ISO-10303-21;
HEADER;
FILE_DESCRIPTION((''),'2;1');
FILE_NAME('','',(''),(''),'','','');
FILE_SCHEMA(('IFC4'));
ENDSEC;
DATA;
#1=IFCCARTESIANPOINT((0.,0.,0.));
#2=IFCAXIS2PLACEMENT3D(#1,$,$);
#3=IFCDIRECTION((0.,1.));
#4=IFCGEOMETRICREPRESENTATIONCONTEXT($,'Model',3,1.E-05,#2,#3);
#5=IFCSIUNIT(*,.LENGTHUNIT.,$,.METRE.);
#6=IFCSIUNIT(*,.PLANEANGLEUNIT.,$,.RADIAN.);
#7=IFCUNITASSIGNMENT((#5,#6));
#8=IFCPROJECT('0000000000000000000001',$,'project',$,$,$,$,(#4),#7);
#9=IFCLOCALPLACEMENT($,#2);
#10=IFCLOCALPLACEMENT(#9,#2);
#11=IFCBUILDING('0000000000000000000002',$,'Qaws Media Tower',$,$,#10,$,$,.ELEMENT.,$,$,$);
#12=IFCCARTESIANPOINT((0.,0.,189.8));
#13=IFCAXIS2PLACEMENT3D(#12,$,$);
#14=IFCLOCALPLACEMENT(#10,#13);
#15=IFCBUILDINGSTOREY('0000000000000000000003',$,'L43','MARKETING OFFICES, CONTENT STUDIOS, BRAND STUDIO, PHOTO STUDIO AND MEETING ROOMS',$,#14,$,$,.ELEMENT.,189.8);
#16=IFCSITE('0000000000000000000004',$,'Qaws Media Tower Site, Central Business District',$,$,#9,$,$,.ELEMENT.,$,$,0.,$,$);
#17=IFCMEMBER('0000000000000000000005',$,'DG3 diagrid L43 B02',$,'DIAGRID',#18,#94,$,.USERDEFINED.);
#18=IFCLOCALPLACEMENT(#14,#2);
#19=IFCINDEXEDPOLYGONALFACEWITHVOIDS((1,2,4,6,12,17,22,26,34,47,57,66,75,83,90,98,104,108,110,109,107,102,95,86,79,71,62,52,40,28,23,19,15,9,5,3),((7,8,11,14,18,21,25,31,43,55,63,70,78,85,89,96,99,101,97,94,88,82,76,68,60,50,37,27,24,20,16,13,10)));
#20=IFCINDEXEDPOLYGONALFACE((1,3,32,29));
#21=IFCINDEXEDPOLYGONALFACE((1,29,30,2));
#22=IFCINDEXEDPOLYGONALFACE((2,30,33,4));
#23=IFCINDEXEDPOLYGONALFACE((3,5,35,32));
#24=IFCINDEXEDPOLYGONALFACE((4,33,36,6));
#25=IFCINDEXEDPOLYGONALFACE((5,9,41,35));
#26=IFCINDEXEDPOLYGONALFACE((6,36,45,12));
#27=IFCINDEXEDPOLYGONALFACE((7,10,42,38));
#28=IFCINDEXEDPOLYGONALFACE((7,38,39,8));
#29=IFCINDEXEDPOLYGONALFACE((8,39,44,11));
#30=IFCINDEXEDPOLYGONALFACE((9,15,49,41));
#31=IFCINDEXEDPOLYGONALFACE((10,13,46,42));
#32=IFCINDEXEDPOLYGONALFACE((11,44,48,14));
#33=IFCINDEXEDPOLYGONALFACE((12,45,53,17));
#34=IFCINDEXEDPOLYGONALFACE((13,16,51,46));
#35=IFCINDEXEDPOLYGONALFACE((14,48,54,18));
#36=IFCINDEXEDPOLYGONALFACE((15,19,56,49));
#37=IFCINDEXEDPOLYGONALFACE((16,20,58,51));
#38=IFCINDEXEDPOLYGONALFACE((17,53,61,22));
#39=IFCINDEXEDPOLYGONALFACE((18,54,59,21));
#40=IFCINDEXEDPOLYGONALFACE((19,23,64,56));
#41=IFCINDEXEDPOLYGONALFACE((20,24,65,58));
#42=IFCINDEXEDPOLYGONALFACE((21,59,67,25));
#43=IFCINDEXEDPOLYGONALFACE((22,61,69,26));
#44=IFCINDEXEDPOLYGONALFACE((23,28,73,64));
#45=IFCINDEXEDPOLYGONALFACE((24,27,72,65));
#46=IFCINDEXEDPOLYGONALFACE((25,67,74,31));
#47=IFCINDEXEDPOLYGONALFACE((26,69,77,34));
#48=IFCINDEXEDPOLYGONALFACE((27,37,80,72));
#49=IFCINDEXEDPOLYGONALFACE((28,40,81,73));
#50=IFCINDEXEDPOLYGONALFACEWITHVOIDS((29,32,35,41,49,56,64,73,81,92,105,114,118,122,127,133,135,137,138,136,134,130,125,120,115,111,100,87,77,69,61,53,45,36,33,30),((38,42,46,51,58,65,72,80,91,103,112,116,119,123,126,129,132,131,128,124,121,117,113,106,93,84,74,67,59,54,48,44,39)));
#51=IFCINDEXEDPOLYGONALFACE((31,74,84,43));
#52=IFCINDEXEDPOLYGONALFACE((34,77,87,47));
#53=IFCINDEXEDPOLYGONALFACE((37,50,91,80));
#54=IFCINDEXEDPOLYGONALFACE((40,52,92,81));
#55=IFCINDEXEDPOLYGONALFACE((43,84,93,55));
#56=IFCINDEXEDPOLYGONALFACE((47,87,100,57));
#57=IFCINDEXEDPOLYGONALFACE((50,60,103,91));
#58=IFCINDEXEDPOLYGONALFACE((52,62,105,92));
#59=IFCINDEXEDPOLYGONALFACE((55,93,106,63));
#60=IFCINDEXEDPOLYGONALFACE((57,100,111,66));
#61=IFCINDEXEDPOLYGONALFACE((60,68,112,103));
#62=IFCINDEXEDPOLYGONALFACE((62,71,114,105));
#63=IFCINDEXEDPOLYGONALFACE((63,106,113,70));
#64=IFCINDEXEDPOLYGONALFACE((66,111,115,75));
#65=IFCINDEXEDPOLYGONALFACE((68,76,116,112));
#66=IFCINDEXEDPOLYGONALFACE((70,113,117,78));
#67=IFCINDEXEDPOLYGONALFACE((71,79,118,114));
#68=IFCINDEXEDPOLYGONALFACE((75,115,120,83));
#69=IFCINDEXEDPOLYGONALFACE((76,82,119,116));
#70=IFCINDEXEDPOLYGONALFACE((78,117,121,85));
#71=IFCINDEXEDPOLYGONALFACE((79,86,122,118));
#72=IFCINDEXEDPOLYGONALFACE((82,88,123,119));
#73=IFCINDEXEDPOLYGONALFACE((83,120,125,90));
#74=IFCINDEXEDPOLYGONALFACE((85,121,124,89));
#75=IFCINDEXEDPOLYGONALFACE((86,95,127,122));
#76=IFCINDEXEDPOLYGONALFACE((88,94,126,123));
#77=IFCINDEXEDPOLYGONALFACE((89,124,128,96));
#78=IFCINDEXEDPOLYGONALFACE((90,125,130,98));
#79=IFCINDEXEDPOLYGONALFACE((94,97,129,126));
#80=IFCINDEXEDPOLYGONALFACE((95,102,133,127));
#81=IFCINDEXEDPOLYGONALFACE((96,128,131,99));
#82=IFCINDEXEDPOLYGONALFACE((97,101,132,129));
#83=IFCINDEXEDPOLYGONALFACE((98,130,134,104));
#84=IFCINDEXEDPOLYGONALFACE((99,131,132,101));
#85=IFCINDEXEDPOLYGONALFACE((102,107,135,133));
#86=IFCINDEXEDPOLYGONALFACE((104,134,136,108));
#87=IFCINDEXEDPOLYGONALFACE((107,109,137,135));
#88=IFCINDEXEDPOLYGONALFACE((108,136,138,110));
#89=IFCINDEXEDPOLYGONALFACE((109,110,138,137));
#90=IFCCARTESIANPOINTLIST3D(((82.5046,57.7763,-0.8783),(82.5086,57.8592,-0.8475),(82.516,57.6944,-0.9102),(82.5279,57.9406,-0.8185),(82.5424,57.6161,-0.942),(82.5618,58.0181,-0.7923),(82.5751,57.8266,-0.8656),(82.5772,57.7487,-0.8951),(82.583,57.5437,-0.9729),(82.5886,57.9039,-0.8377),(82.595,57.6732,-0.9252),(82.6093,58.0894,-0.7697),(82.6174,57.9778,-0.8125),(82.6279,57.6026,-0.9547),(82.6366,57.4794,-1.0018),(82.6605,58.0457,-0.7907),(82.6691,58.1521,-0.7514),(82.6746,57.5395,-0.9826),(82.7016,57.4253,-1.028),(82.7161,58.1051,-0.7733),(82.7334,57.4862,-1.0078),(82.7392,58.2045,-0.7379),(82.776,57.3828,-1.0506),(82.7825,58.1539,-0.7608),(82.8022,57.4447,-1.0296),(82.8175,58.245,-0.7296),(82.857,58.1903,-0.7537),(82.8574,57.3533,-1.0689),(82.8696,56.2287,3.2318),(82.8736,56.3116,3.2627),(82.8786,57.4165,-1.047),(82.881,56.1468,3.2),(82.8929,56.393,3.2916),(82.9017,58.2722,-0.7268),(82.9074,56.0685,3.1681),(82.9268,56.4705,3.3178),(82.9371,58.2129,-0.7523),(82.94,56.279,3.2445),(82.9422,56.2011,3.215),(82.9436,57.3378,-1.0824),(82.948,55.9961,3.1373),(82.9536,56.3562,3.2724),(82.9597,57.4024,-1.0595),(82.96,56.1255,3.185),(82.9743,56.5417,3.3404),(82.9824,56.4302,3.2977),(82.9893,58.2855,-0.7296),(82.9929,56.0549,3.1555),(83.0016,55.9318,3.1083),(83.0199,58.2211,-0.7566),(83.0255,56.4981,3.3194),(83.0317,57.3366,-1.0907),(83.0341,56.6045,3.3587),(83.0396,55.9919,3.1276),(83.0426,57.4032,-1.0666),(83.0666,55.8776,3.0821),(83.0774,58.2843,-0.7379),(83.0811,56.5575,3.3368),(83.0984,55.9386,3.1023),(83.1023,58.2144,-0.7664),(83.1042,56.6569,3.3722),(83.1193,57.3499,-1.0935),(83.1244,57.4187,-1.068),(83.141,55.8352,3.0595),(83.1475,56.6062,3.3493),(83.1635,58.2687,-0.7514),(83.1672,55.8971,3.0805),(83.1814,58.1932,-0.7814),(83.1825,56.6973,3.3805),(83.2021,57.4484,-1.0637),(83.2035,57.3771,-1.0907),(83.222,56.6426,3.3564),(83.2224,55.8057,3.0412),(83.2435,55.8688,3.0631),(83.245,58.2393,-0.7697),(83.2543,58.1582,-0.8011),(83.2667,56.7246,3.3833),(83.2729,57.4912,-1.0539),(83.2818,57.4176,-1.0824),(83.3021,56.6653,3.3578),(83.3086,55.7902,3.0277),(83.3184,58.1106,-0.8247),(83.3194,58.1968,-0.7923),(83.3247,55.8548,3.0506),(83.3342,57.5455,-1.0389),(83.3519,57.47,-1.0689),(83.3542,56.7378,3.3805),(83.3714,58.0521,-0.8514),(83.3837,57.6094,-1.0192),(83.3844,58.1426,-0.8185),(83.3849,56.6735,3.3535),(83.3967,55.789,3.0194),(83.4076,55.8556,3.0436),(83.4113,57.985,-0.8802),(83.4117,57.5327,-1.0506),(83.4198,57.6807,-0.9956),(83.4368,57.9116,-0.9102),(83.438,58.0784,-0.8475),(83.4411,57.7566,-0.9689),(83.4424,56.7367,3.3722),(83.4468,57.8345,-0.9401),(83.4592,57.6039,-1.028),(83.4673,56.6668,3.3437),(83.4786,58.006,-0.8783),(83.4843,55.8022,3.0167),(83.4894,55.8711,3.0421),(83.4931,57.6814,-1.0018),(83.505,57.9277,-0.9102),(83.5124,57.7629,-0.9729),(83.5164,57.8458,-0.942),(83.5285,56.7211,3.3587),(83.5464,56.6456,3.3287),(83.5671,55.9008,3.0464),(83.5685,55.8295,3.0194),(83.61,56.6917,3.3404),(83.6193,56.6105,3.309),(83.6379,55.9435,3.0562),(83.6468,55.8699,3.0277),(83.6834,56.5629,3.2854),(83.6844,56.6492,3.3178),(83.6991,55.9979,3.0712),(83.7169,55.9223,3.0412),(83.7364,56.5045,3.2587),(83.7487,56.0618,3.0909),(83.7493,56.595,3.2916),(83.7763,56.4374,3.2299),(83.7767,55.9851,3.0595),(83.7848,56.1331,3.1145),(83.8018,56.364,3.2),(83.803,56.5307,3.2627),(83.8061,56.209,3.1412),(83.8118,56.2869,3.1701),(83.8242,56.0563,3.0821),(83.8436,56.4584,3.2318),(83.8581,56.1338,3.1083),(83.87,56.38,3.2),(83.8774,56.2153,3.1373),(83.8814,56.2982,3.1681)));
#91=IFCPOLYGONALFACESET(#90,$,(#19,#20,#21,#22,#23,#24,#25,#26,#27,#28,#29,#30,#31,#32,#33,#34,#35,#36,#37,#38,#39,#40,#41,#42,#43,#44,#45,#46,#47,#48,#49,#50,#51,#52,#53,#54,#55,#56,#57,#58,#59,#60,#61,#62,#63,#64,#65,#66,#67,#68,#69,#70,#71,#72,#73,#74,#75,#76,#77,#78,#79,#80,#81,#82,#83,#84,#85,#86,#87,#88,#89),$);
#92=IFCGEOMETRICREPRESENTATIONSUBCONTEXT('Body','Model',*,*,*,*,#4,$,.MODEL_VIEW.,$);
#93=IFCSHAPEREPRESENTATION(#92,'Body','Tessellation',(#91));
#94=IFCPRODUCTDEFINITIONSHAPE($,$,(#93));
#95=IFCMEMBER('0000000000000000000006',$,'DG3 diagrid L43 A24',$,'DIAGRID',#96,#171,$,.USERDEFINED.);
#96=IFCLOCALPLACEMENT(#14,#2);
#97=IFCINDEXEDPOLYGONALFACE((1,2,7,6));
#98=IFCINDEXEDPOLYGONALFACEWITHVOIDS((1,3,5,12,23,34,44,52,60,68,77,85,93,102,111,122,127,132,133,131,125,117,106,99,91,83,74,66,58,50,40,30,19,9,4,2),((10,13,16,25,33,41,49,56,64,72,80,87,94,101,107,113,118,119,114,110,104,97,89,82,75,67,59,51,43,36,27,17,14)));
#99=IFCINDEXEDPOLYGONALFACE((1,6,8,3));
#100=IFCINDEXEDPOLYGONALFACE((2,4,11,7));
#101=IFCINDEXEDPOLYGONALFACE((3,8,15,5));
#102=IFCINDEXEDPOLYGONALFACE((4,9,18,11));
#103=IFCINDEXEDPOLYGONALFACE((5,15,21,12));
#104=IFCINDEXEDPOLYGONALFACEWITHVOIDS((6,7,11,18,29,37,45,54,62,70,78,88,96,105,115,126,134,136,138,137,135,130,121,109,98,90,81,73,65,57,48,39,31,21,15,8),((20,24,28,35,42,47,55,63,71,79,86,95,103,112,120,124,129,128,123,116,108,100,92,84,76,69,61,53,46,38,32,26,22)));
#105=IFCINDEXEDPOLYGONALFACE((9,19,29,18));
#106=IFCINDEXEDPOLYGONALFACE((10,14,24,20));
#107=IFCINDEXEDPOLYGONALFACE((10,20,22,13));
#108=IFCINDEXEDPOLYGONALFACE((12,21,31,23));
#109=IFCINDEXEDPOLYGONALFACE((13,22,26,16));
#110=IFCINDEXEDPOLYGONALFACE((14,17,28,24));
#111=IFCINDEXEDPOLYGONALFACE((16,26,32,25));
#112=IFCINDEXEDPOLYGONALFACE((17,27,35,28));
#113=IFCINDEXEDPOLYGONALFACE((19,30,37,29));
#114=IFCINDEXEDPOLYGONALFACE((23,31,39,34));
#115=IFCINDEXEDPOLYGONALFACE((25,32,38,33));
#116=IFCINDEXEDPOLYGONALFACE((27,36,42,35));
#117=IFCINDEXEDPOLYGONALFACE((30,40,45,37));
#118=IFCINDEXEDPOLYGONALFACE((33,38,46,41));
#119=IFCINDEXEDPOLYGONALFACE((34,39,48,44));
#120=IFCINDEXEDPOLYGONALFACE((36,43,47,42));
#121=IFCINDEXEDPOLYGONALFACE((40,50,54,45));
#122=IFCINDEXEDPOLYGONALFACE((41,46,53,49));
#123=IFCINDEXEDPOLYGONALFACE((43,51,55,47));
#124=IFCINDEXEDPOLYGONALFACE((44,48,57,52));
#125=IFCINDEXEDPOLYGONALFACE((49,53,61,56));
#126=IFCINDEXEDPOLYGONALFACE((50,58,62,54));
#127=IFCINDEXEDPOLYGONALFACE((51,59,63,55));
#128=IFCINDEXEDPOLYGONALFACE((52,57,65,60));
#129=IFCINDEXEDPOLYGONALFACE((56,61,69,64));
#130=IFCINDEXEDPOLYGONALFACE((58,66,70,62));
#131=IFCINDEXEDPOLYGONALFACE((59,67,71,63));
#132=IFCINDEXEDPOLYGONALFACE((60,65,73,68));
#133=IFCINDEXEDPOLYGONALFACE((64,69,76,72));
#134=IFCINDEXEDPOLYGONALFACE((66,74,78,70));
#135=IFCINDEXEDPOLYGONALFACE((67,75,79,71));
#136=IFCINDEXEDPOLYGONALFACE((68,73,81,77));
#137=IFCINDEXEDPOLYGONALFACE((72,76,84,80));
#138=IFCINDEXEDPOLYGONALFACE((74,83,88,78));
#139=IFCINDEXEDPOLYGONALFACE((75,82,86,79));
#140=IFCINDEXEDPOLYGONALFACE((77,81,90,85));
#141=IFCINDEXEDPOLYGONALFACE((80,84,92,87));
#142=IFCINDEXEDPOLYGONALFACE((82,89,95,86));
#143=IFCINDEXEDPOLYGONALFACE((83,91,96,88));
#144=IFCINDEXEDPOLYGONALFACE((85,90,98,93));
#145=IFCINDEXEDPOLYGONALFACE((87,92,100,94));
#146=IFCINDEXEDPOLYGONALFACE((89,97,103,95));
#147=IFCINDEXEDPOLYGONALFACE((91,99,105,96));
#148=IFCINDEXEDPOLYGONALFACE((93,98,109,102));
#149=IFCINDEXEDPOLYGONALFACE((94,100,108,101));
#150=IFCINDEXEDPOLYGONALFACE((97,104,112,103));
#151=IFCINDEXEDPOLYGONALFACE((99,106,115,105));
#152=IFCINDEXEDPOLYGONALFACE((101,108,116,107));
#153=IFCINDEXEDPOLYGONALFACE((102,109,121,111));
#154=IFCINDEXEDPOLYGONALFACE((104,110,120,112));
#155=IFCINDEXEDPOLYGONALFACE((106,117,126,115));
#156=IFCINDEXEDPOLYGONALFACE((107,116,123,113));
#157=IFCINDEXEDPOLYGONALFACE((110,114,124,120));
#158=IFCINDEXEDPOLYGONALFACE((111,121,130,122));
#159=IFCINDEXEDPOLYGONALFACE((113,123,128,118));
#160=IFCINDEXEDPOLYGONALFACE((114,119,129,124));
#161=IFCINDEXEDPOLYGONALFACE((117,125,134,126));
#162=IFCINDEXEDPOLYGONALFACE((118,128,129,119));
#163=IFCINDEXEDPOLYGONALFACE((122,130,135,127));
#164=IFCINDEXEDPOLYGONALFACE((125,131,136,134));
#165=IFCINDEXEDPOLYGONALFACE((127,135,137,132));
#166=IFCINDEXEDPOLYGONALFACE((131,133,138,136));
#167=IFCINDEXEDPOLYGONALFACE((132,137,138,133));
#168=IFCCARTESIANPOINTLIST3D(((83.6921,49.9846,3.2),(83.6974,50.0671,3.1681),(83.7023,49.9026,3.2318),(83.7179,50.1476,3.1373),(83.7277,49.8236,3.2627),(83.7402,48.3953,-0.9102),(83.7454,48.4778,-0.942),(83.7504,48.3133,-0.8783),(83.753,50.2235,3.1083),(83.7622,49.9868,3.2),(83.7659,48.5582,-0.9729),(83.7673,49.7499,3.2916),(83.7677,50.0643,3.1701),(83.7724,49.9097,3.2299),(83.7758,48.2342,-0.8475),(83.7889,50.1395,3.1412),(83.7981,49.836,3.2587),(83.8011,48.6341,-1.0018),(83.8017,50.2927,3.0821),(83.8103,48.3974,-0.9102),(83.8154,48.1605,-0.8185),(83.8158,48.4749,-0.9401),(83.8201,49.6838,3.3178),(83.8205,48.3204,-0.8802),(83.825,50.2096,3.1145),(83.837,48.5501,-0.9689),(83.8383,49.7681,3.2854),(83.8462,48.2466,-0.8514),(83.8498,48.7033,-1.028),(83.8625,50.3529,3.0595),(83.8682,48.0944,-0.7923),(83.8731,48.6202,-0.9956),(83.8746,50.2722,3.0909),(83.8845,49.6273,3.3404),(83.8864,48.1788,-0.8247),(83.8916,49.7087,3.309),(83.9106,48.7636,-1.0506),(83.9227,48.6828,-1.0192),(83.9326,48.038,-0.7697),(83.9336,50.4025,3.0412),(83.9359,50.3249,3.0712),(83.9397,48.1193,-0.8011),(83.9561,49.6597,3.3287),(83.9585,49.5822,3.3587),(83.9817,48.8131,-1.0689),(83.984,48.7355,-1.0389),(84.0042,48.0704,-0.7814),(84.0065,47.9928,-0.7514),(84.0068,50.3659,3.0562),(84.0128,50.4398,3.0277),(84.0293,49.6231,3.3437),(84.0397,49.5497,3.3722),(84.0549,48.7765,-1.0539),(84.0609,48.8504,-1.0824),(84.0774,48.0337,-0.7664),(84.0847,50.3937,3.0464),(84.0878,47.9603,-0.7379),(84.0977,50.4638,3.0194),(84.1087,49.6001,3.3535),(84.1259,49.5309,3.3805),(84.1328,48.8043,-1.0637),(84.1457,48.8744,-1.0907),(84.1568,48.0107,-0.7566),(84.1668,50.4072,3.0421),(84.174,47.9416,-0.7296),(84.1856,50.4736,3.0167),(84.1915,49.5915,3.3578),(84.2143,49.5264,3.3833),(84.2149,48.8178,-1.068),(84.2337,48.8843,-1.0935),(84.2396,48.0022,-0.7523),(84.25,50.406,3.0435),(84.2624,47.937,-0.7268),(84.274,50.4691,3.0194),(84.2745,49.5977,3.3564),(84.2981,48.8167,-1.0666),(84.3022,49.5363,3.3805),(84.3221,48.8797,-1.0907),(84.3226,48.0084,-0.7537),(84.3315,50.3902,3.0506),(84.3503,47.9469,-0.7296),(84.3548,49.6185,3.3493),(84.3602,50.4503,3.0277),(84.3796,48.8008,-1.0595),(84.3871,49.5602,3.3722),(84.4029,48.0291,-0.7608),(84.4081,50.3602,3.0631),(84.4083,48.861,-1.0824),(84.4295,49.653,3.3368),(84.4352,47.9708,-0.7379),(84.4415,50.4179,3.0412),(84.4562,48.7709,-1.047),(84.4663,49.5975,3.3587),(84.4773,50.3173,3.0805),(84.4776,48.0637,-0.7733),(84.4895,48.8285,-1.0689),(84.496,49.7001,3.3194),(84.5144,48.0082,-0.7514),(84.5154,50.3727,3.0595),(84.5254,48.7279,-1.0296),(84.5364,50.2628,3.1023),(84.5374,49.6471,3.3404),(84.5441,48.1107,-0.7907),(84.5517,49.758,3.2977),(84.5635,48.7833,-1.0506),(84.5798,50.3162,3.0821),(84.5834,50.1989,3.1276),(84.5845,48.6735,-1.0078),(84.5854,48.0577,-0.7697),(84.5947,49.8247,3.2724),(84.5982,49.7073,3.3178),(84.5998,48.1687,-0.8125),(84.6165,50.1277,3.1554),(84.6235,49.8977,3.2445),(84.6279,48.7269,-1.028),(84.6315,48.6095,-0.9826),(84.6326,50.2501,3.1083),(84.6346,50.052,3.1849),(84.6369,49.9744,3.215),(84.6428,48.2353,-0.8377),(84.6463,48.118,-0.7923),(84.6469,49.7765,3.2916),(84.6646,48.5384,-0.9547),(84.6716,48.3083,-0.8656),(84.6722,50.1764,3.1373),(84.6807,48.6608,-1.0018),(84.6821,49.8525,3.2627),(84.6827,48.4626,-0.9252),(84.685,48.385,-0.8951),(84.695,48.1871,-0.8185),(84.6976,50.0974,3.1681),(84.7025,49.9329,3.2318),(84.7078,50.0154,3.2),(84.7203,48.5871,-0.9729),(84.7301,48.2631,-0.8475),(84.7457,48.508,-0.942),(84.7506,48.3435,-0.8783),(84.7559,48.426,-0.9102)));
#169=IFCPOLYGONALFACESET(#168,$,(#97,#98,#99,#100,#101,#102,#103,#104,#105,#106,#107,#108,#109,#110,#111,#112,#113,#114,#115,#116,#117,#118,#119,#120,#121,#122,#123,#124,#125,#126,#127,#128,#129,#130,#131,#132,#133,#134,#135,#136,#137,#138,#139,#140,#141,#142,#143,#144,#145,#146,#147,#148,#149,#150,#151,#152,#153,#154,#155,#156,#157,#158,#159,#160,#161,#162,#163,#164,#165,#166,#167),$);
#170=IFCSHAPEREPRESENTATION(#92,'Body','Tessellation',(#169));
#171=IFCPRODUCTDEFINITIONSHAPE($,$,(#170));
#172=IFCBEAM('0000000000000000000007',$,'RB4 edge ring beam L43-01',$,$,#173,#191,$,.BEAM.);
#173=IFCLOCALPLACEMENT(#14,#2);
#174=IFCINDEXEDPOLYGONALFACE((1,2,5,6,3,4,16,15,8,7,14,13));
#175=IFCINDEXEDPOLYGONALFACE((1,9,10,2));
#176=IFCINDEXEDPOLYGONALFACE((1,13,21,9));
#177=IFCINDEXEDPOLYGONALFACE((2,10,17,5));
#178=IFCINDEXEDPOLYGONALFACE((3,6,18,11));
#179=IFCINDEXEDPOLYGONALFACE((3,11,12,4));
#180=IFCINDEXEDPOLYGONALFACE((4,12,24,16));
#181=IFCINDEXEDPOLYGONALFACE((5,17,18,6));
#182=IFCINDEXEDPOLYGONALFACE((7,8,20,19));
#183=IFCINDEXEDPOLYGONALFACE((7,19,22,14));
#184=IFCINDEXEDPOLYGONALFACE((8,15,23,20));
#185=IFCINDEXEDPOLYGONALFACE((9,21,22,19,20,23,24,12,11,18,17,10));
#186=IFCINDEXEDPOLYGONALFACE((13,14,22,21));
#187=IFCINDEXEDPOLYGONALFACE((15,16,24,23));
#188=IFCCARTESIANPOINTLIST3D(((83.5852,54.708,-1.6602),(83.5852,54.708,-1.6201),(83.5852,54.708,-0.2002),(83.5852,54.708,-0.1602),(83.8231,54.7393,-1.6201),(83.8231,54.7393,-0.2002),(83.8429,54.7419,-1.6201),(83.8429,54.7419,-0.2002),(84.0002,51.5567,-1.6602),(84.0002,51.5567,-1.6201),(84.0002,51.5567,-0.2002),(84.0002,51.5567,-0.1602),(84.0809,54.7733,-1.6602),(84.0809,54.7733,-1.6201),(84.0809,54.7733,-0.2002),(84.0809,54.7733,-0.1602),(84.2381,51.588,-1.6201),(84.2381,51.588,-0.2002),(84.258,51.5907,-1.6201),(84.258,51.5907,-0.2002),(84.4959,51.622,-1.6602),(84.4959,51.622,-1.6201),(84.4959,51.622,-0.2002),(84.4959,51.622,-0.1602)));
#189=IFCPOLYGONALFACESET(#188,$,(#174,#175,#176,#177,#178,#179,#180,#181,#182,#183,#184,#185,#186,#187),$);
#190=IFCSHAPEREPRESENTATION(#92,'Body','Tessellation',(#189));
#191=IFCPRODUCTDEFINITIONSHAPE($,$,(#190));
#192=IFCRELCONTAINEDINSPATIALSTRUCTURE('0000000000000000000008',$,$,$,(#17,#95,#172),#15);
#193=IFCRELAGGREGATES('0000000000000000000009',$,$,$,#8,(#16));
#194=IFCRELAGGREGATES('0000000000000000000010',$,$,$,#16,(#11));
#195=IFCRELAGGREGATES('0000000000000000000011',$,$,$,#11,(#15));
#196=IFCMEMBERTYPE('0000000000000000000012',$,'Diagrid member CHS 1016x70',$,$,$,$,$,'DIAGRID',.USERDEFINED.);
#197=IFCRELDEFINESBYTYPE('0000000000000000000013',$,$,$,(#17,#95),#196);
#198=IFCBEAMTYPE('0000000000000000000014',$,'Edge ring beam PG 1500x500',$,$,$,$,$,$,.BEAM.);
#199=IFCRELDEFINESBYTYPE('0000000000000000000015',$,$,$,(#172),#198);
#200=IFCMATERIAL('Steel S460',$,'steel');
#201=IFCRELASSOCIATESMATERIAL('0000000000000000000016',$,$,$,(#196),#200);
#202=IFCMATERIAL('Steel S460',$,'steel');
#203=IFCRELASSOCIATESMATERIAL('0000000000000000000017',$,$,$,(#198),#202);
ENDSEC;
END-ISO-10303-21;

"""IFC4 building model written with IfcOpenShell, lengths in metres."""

from ifc_helpers import new_model, si_unit, direction, frame, origin, origin_2d, place, context, subcontext, project, spatial, hollow_circle, i_section, extrude, material, material_profile, profile_set, type_object, element, save


model = new_model("IFC4")

# Units and contexts
model_context = context("Model", 3, precision=1e-05, world=origin(), true_north=direction((0.0, 1.0)))
body_context = subcontext(model_context, "Body", "Model", "MODEL_VIEW")
ifc_project = project(units=[si_unit("LENGTHUNIT", "METRE"), si_unit("PLANEANGLEUNIT", "RADIAN")], contexts=[model_context])

# Site, building, storey
site_placement = place(None, origin())
site = spatial("IfcSite", under=ifc_project, at=site_placement, Name="Qaws Media Tower Site, Central Business District", CompositionType="ELEMENT", RefElevation=0.0)
building_placement = place(site_placement, origin())
building = spatial("IfcBuilding", under=site, at=building_placement, Name="Qaws Media Tower", CompositionType="ELEMENT")
storey_placement = place(building_placement, frame((0.0, 0.0, 189.8)))
storey = spatial("IfcBuildingStorey", under=building, at=storey_placement, Name="L43", Description="MARKETING OFFICES, CONTENT STUDIOS, BRAND STUDIO, PHOTO STUDIO AND MEETING ROOMS", CompositionType="ELEMENT", Elevation=189.8)

# Members
ifc_material_1 = material(Name="Steel S460", Category="steel")
ifc_material_profile_1 = material_profile(ifc_material_1, hollow_circle(Radius=0.5081, WallThickness=0.0701, at=origin_2d()), Name="CHS 1016x70")
ifc_profile_set_1 = profile_set([ifc_material_profile_1], Name="Steel S460")
member_type_1 = type_object("IfcMemberType", Name="Diagrid member CHS 1016x70", ElementType="DIAGRID", PredefinedType="USERDEFINED", material=ifc_profile_set_1)
for number, where, z_axis, x_axis, name in (
    (1, (83.0105, 57.811, -0.9102), (0.082821, -0.351174, 0.93264), (0.973298, 0.229544, 0.0), "DG3 diagrid L43 B02"),
    (2, (84.248, 48.4106, -0.9102), (-0.010914, 0.360646, 0.932639), (-0.999542, -0.030247, 0.0), "DG3 diagrid L43 A24"),
):
    element("IfcMember", number, at=place(storey_placement, frame(where, z_axis=z_axis, x_axis=x_axis)), inside=storey, type_object=member_type_1, Name=name, ObjectType="DIAGRID", PredefinedType="USERDEFINED", context=body_context, shape_type="SweptSolid", body=[
        extrude(hollow_circle(Radius=0.5081, WallThickness=0.0701, at=origin_2d()), origin(), (0.0, 0.0, 1.0), 4.407),
    ])

# Beam
ifc_material_2 = material(Name="Steel S460", Category="steel")
ifc_material_profile_2 = material_profile(ifc_material_2, i_section(OverallWidth=0.5, OverallDepth=1.5, WebThickness=0.02, FlangeThickness=0.04, at=origin_2d()), Name="PG 1500x500")
ifc_profile_set_2 = profile_set([ifc_material_profile_2], Name="Steel S460")
beam_type_1 = type_object("IfcBeamType", Name="Edge ring beam PG 1500x500", PredefinedType="BEAM", material=ifc_profile_set_2)
for number, where, z_axis, x_axis, name in (
    (3, (84.248, 51.5894, -0.9102), (-0.130574, 0.991439, 0.0), (-0.991439, -0.130574, 0.0), "RB4 edge ring beam L43-01"),
):
    element("IfcBeam", number, at=place(storey_placement, frame(where, z_axis=z_axis, x_axis=x_axis)), inside=storey, type_object=beam_type_1, Name=name, PredefinedType="BEAM", context=body_context, shape_type="SweptSolid", body=[
        extrude(i_section(OverallWidth=0.5, OverallDepth=1.5, WebThickness=0.02, FlangeThickness=0.04, at=origin_2d()), origin(), (0.0, 0.0, 1.0), 3.1785),
    ])

save(model, "model.ifc")
